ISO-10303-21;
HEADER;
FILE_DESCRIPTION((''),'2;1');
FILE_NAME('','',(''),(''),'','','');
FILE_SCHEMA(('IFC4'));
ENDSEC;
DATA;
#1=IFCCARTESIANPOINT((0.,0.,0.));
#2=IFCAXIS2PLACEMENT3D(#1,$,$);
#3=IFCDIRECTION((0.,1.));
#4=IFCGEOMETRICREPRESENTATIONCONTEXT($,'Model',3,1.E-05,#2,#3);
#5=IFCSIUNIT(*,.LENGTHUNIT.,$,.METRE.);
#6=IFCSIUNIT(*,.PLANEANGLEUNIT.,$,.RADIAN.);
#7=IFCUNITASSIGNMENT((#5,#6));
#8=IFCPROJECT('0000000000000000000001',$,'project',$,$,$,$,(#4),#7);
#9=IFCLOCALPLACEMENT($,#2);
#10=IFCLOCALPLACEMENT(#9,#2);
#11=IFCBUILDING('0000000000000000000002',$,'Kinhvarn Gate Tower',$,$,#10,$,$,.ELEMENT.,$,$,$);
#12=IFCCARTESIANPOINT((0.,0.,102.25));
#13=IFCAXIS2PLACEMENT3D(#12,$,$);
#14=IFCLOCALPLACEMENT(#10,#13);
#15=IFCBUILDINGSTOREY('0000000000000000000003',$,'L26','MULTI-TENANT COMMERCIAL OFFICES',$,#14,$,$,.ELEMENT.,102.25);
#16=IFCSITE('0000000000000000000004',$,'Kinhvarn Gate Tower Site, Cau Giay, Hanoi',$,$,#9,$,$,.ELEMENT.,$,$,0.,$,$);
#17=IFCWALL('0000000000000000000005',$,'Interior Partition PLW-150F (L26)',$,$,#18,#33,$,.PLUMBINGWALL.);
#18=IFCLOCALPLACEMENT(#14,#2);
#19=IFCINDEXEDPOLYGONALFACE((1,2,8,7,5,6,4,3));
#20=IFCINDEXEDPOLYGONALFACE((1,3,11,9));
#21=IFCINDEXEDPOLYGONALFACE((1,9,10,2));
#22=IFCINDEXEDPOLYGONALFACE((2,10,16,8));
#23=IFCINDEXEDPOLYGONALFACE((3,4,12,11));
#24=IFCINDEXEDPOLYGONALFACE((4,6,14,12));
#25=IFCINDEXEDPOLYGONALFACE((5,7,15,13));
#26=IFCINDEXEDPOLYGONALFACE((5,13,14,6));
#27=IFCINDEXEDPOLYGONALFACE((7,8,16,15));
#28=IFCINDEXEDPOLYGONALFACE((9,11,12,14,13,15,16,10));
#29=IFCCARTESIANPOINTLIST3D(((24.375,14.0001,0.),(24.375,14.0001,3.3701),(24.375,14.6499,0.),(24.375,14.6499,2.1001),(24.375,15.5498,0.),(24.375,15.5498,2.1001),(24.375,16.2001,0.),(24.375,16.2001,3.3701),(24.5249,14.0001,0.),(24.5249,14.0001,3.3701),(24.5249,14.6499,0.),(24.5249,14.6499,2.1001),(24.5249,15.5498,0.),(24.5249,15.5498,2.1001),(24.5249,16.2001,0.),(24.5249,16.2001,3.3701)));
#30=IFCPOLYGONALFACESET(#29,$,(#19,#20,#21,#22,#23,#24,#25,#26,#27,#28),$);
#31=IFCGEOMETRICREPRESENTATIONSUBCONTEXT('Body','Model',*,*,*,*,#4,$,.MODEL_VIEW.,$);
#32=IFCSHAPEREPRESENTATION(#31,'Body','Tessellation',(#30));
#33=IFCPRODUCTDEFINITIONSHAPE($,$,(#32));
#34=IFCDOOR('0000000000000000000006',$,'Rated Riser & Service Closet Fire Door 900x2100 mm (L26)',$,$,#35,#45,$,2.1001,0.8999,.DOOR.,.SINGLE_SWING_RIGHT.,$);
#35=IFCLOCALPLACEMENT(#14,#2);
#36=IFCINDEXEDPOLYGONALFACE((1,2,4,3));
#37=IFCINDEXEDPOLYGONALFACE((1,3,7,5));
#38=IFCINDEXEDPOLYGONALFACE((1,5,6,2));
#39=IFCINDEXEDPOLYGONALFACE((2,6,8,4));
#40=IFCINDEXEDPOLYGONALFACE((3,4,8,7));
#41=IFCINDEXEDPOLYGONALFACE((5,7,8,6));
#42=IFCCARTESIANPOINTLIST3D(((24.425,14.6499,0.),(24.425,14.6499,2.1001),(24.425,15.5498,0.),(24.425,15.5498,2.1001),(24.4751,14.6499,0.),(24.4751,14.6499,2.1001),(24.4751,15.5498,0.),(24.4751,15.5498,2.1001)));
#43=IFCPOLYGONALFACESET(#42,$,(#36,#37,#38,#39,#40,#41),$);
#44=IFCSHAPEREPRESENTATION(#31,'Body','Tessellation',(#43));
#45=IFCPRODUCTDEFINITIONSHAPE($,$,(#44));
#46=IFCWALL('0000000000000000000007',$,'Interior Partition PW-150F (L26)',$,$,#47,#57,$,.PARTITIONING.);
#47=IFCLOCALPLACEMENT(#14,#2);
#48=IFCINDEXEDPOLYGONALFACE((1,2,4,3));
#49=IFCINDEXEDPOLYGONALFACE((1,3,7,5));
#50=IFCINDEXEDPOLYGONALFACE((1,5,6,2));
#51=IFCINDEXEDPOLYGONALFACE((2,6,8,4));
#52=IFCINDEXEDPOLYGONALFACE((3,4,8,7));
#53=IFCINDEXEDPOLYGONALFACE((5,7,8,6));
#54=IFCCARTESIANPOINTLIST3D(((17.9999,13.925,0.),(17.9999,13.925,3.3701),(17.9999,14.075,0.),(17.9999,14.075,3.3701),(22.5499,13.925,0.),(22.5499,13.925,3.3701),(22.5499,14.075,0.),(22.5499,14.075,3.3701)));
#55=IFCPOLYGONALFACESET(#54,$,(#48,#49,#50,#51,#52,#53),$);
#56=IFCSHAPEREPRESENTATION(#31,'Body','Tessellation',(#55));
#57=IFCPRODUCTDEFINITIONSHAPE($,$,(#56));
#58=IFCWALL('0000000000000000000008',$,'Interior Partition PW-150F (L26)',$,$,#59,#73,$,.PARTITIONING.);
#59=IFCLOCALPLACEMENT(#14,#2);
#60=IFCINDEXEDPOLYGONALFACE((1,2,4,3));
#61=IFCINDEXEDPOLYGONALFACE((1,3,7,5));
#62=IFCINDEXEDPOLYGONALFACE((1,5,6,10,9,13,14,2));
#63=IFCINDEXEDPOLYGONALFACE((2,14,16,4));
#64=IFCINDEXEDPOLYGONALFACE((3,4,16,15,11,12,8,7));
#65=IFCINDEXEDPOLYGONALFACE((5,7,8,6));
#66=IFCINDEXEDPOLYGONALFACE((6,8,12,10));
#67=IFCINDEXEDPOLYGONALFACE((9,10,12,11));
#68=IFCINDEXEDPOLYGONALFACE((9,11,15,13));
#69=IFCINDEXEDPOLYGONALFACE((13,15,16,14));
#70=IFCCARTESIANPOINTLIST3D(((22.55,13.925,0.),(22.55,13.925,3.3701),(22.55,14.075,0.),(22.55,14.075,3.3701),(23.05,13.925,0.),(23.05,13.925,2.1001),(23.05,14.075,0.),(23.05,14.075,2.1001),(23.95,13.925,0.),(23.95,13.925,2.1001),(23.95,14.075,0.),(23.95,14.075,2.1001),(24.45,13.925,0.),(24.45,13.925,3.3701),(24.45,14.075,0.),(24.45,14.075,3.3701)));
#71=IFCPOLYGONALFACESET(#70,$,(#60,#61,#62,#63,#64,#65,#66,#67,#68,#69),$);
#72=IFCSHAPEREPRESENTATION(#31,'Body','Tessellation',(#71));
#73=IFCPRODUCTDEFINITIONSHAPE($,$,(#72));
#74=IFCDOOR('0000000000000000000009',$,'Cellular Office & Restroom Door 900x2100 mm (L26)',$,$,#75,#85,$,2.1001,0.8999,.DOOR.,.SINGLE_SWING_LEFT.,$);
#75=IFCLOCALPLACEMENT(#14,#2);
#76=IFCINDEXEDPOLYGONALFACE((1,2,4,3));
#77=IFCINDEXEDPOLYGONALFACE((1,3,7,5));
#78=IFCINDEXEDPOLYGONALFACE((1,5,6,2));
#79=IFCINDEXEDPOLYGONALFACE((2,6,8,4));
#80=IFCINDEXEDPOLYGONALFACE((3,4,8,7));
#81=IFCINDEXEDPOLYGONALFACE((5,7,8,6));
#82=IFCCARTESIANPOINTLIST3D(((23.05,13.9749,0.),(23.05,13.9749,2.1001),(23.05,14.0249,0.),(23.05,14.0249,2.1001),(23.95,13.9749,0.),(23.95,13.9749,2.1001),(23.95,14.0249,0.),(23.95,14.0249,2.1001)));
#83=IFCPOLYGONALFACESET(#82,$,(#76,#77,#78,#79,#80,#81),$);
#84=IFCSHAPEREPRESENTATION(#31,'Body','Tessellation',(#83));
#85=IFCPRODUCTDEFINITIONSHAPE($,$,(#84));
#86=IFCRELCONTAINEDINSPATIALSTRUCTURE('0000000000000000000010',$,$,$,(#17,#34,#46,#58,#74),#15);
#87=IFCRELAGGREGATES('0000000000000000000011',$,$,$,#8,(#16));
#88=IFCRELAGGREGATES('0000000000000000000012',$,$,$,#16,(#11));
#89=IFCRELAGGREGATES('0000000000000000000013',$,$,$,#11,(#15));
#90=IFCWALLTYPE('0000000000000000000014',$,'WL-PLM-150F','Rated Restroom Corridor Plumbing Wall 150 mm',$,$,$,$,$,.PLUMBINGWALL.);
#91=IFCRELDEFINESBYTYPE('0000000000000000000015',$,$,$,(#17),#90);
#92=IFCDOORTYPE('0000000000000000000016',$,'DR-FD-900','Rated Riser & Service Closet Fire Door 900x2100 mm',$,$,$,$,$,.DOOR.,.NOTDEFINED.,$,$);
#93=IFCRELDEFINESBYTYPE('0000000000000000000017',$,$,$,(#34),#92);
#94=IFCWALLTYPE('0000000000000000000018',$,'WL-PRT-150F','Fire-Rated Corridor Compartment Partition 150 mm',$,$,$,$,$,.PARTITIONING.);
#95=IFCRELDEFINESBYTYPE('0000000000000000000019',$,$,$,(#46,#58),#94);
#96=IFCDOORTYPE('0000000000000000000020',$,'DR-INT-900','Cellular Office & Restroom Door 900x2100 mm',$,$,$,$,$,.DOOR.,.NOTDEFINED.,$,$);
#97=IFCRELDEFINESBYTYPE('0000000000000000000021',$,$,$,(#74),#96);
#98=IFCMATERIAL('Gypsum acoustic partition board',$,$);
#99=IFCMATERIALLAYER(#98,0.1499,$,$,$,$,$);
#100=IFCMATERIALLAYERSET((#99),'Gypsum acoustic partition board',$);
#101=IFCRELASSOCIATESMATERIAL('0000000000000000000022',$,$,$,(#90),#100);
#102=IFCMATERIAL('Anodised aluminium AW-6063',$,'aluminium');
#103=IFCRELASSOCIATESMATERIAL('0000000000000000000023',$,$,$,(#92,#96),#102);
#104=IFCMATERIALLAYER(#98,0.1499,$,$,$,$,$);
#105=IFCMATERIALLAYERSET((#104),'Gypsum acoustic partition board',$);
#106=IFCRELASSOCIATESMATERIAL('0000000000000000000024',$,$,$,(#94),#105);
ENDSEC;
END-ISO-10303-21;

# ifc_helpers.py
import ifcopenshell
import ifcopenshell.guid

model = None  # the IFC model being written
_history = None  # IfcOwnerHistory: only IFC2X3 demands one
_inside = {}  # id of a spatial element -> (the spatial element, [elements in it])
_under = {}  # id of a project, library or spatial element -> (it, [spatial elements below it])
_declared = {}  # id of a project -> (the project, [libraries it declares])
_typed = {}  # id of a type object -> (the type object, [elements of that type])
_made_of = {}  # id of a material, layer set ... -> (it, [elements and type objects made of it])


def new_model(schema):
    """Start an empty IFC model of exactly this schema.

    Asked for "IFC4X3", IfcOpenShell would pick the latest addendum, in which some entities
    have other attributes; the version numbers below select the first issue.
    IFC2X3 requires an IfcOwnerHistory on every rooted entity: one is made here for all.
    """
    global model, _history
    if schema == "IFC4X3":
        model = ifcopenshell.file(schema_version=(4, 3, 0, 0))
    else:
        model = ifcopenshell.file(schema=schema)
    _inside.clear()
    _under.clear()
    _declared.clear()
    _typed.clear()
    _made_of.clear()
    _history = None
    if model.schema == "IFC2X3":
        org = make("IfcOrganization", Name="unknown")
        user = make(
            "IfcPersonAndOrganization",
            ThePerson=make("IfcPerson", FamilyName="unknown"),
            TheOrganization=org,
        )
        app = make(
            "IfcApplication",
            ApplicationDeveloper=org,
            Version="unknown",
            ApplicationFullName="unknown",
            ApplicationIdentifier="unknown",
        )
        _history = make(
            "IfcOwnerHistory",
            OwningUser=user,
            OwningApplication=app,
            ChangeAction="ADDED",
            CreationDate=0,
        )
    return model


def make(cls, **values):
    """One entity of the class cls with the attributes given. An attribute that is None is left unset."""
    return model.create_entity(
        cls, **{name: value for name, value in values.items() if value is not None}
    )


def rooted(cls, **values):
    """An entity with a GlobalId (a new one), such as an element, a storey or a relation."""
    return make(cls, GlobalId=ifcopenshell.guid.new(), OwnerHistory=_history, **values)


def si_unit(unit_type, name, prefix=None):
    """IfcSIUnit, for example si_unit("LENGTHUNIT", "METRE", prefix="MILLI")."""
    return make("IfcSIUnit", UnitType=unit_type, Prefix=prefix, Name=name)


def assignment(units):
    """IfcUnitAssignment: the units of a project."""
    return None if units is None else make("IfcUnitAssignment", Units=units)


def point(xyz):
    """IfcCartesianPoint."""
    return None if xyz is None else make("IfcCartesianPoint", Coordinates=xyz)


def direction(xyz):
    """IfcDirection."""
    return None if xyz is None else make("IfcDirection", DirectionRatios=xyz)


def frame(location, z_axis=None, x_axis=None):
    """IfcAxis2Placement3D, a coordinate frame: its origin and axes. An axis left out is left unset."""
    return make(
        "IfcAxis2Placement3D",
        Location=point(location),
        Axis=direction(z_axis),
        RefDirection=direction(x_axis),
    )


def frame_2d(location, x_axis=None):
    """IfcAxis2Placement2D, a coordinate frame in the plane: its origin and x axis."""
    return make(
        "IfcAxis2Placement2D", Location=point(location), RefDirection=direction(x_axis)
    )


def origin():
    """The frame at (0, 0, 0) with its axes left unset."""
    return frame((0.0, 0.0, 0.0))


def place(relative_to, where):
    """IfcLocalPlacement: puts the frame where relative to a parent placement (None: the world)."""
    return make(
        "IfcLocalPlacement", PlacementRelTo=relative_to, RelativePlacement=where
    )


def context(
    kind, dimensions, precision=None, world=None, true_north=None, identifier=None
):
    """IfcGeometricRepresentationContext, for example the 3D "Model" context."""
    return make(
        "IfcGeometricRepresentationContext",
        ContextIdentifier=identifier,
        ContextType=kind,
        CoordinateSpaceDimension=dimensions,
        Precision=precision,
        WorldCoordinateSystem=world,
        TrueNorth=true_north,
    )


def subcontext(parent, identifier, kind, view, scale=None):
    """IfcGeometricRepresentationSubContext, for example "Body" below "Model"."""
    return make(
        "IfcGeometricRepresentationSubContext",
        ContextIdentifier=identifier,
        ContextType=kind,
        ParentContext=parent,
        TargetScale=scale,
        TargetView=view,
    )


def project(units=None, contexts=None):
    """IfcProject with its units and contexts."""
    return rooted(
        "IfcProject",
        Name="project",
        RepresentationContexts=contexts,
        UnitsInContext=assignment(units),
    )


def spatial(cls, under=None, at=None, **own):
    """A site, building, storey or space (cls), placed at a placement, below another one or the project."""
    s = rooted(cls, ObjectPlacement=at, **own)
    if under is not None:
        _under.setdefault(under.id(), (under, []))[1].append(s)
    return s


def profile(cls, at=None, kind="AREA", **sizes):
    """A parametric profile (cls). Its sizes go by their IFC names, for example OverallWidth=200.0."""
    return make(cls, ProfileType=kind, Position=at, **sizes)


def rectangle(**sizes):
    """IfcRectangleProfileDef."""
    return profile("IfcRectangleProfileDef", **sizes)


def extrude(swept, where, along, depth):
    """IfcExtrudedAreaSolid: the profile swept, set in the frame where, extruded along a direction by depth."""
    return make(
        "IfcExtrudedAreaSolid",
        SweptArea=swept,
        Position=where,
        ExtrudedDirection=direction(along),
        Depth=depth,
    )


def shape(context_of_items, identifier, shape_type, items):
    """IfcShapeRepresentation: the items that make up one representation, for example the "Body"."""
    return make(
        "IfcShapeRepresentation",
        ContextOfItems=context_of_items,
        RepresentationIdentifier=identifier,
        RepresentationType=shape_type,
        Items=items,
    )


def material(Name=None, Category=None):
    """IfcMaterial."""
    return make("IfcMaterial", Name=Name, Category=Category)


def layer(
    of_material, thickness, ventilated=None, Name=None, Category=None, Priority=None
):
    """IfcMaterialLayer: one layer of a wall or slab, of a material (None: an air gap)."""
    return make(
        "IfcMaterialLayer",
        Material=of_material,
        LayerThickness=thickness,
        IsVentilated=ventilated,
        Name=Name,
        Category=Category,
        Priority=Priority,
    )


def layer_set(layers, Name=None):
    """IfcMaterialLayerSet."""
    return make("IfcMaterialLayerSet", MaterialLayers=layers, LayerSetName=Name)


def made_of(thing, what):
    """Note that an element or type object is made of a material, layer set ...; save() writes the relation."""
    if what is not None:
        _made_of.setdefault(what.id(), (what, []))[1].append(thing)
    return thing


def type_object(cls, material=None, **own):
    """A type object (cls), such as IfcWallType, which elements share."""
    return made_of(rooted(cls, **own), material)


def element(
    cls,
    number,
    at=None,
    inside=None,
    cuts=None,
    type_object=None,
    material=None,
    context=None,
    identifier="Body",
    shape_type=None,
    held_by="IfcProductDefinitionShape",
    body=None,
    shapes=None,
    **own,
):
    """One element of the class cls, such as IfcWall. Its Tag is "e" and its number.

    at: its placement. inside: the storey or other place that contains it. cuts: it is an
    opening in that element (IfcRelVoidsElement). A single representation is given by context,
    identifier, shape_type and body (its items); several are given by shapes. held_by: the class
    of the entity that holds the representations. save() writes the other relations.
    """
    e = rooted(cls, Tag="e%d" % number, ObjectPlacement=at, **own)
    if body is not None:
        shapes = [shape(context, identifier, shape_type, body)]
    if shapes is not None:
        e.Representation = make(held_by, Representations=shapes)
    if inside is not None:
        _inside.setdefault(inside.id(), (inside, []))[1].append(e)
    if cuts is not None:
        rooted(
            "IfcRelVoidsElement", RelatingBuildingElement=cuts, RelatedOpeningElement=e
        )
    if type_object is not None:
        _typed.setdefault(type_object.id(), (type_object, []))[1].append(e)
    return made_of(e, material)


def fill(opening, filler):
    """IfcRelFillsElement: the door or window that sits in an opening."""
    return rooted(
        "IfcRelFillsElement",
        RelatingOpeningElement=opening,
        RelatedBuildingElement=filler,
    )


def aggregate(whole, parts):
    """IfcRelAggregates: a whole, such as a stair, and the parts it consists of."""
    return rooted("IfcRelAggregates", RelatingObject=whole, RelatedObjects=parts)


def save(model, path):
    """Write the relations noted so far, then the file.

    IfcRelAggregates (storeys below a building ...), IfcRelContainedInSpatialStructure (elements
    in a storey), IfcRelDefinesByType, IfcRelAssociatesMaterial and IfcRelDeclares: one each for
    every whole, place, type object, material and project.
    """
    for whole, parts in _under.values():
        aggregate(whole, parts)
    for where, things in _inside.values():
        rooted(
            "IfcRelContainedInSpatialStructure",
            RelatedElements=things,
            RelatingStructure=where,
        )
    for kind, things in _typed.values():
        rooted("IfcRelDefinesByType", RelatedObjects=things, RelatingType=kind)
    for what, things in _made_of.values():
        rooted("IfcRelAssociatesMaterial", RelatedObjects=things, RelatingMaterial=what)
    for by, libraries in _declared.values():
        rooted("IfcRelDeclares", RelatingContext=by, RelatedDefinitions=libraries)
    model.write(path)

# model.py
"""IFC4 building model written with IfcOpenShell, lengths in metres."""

from ifc_helpers import new_model, si_unit, direction, frame, frame_2d, origin, place, context, subcontext, project, spatial, rectangle, extrude, material, layer, layer_set, type_object, element, fill, save


model = new_model("IFC4")

# Units and contexts
model_context = context("Model", 3, precision=1e-05, world=origin(), true_north=direction((0.0, 1.0)))
body_context = subcontext(model_context, "Body", "Model", "MODEL_VIEW")
ifc_project = project(units=[si_unit("LENGTHUNIT", "METRE"), si_unit("PLANEANGLEUNIT", "RADIAN")], contexts=[model_context])

# Site, building, storey
site_placement = place(None, origin())
site = spatial("IfcSite", under=ifc_project, at=site_placement, Name="Kinhvarn Gate Tower Site, Cau Giay, Hanoi", CompositionType="ELEMENT", RefElevation=0.0)
building_placement = place(site_placement, origin())
building = spatial("IfcBuilding", under=site, at=building_placement, Name="Kinhvarn Gate Tower", CompositionType="ELEMENT")
storey_placement = place(building_placement, frame((0.0, 0.0, 102.25)))
storey = spatial("IfcBuildingStorey", under=building, at=storey_placement, Name="L26", Description="MULTI-TENANT COMMERCIAL OFFICES", CompositionType="ELEMENT", Elevation=102.25)

# Shared definitions
ifc_material_1 = material(Name="Anodised aluminium AW-6063", Category="aluminium")

# Wall, opening, door
ifc_material_2 = material(Name="Gypsum acoustic partition board")
ifc_layer_1 = layer(ifc_material_2, 0.1499)
ifc_layer_set_1 = layer_set([ifc_layer_1], Name="Gypsum acoustic partition board")
wall_type_1 = type_object("IfcWallType", Name="WL-PLM-150F", Description="Rated Restroom Corridor Plumbing Wall 150 mm", PredefinedType="PLUMBINGWALL", material=ifc_layer_set_1)
wall_1_placement = place(storey_placement, frame((24.45, 14.0, 0.0), z_axis=(0.0, 0.0, 1.0), x_axis=(0.0, 1.0, 0.0)))
wall_1 = element("IfcWall", 1, at=wall_1_placement, inside=storey, type_object=wall_type_1, Name="Interior Partition PLW-150F (L26)", PredefinedType="PLUMBINGWALL", context=body_context, shape_type="SweptSolid", body=[
    extrude(rectangle(XDim=2.2, YDim=0.1499, at=frame_2d((1.1001, 0.0))), origin(), (0.0, 0.0, 1.0), 3.3701),
])
opening_1_placement = place(wall_1_placement, frame((0.6499, 0.0, 0.0)))
opening_1 = element("IfcOpeningElement", 2, at=opening_1_placement, cuts=wall_1, PredefinedType="OPENING", context=body_context, shape_type="SweptSolid", body=[
    extrude(rectangle(XDim=0.8999, YDim=2.1001, at=frame_2d((0.45, 1.05))), frame((0.0, 0.085, 0.0), z_axis=(0.0, -1.0, 0.0), x_axis=(1.0, 0.0, 0.0)), (0.0, 0.0, 1.0), 0.1699),
])
door_type_1 = type_object("IfcDoorType", Name="DR-FD-900", Description="Rated Riser & Service Closet Fire Door 900x2100 mm", OperationType="NOTDEFINED", PredefinedType="DOOR", material=ifc_material_1)
door_1_placement = place(opening_1_placement, origin())
door_1 = element("IfcDoor", 3, at=door_1_placement, inside=storey, type_object=door_type_1, Name="Rated Riser & Service Closet Fire Door 900x2100 mm (L26)", OperationType="SINGLE_SWING_RIGHT", OverallHeight=2.1001, OverallWidth=0.8999, PredefinedType="DOOR", context=body_context, shape_type="SweptSolid", body=[
    extrude(rectangle(XDim=0.8999, YDim=2.1001, at=frame_2d((0.45, 1.05))), frame((0.0, 0.0249, 0.0), z_axis=(0.0, -1.0, 0.0), x_axis=(1.0, 0.0, 0.0)), (0.0, 0.0, 1.0), 0.05),
])
fill(opening_1, door_1)

# Wall
ifc_layer_2 = layer(ifc_material_2, 0.1499)
ifc_layer_set_2 = layer_set([ifc_layer_2], Name="Gypsum acoustic partition board")
wall_type_2 = type_object("IfcWallType", Name="WL-PRT-150F", Description="Fire-Rated Corridor Compartment Partition 150 mm", PredefinedType="PARTITIONING", material=ifc_layer_set_2)
wall_2_placement = place(storey_placement, frame((18.0, 14.0, 0.0), z_axis=(0.0, 0.0, 1.0), x_axis=(1.0, 0.0, 0.0)))
element("IfcWall", 4, at=wall_2_placement, inside=storey, type_object=wall_type_2, Name="Interior Partition PW-150F (L26)", PredefinedType="PARTITIONING", context=body_context, shape_type="SweptSolid", body=[
    extrude(rectangle(XDim=4.55, YDim=0.1499, at=frame_2d((2.2749, 0.0))), origin(), (0.0, 0.0, 1.0), 3.3701),
])

# Wall, opening, door
wall_3_placement = place(storey_placement, frame((22.55, 14.0, 0.0), z_axis=(0.0, 0.0, 1.0), x_axis=(1.0, 0.0, 0.0)))
wall_3 = element("IfcWall", 5, at=wall_3_placement, inside=storey, type_object=wall_type_2, Name="Interior Partition PW-150F (L26)", PredefinedType="PARTITIONING", context=body_context, shape_type="SweptSolid", body=[
    extrude(rectangle(XDim=1.8999, YDim=0.1499, at=frame_2d((0.95, 0.0))), origin(), (0.0, 0.0, 1.0), 3.3701),
])
opening_2_placement = place(wall_3_placement, frame((0.5, 0.0, 0.0)))
opening_2 = element("IfcOpeningElement", 6, at=opening_2_placement, cuts=wall_3, PredefinedType="OPENING", context=body_context, shape_type="SweptSolid", body=[
    extrude(rectangle(XDim=0.8999, YDim=2.1001, at=frame_2d((0.45, 1.05))), frame((0.0, 0.085, 0.0), z_axis=(0.0, -1.0, 0.0), x_axis=(1.0, 0.0, 0.0)), (0.0, 0.0, 1.0), 0.1699),
])
door_type_2 = type_object("IfcDoorType", Name="DR-INT-900", Description="Cellular Office & Restroom Door 900x2100 mm", OperationType="NOTDEFINED", PredefinedType="DOOR", material=ifc_material_1)
door_2_placement = place(opening_2_placement, origin())
door_2 = element("IfcDoor", 7, at=door_2_placement, inside=storey, type_object=door_type_2, Name="Cellular Office & Restroom Door 900x2100 mm (L26)", OperationType="SINGLE_SWING_LEFT", OverallHeight=2.1001, OverallWidth=0.8999, PredefinedType="DOOR", context=body_context, shape_type="SweptSolid", body=[
    extrude(rectangle(XDim=0.8999, YDim=2.1001, at=frame_2d((0.45, 1.05))), frame((0.0, 0.0249, 0.0), z_axis=(0.0, -1.0, 0.0), x_axis=(1.0, 0.0, 0.0)), (0.0, 0.0, 1.0), 0.05),
])
fill(opening_2, door_2)

save(model, "model.ifc")
